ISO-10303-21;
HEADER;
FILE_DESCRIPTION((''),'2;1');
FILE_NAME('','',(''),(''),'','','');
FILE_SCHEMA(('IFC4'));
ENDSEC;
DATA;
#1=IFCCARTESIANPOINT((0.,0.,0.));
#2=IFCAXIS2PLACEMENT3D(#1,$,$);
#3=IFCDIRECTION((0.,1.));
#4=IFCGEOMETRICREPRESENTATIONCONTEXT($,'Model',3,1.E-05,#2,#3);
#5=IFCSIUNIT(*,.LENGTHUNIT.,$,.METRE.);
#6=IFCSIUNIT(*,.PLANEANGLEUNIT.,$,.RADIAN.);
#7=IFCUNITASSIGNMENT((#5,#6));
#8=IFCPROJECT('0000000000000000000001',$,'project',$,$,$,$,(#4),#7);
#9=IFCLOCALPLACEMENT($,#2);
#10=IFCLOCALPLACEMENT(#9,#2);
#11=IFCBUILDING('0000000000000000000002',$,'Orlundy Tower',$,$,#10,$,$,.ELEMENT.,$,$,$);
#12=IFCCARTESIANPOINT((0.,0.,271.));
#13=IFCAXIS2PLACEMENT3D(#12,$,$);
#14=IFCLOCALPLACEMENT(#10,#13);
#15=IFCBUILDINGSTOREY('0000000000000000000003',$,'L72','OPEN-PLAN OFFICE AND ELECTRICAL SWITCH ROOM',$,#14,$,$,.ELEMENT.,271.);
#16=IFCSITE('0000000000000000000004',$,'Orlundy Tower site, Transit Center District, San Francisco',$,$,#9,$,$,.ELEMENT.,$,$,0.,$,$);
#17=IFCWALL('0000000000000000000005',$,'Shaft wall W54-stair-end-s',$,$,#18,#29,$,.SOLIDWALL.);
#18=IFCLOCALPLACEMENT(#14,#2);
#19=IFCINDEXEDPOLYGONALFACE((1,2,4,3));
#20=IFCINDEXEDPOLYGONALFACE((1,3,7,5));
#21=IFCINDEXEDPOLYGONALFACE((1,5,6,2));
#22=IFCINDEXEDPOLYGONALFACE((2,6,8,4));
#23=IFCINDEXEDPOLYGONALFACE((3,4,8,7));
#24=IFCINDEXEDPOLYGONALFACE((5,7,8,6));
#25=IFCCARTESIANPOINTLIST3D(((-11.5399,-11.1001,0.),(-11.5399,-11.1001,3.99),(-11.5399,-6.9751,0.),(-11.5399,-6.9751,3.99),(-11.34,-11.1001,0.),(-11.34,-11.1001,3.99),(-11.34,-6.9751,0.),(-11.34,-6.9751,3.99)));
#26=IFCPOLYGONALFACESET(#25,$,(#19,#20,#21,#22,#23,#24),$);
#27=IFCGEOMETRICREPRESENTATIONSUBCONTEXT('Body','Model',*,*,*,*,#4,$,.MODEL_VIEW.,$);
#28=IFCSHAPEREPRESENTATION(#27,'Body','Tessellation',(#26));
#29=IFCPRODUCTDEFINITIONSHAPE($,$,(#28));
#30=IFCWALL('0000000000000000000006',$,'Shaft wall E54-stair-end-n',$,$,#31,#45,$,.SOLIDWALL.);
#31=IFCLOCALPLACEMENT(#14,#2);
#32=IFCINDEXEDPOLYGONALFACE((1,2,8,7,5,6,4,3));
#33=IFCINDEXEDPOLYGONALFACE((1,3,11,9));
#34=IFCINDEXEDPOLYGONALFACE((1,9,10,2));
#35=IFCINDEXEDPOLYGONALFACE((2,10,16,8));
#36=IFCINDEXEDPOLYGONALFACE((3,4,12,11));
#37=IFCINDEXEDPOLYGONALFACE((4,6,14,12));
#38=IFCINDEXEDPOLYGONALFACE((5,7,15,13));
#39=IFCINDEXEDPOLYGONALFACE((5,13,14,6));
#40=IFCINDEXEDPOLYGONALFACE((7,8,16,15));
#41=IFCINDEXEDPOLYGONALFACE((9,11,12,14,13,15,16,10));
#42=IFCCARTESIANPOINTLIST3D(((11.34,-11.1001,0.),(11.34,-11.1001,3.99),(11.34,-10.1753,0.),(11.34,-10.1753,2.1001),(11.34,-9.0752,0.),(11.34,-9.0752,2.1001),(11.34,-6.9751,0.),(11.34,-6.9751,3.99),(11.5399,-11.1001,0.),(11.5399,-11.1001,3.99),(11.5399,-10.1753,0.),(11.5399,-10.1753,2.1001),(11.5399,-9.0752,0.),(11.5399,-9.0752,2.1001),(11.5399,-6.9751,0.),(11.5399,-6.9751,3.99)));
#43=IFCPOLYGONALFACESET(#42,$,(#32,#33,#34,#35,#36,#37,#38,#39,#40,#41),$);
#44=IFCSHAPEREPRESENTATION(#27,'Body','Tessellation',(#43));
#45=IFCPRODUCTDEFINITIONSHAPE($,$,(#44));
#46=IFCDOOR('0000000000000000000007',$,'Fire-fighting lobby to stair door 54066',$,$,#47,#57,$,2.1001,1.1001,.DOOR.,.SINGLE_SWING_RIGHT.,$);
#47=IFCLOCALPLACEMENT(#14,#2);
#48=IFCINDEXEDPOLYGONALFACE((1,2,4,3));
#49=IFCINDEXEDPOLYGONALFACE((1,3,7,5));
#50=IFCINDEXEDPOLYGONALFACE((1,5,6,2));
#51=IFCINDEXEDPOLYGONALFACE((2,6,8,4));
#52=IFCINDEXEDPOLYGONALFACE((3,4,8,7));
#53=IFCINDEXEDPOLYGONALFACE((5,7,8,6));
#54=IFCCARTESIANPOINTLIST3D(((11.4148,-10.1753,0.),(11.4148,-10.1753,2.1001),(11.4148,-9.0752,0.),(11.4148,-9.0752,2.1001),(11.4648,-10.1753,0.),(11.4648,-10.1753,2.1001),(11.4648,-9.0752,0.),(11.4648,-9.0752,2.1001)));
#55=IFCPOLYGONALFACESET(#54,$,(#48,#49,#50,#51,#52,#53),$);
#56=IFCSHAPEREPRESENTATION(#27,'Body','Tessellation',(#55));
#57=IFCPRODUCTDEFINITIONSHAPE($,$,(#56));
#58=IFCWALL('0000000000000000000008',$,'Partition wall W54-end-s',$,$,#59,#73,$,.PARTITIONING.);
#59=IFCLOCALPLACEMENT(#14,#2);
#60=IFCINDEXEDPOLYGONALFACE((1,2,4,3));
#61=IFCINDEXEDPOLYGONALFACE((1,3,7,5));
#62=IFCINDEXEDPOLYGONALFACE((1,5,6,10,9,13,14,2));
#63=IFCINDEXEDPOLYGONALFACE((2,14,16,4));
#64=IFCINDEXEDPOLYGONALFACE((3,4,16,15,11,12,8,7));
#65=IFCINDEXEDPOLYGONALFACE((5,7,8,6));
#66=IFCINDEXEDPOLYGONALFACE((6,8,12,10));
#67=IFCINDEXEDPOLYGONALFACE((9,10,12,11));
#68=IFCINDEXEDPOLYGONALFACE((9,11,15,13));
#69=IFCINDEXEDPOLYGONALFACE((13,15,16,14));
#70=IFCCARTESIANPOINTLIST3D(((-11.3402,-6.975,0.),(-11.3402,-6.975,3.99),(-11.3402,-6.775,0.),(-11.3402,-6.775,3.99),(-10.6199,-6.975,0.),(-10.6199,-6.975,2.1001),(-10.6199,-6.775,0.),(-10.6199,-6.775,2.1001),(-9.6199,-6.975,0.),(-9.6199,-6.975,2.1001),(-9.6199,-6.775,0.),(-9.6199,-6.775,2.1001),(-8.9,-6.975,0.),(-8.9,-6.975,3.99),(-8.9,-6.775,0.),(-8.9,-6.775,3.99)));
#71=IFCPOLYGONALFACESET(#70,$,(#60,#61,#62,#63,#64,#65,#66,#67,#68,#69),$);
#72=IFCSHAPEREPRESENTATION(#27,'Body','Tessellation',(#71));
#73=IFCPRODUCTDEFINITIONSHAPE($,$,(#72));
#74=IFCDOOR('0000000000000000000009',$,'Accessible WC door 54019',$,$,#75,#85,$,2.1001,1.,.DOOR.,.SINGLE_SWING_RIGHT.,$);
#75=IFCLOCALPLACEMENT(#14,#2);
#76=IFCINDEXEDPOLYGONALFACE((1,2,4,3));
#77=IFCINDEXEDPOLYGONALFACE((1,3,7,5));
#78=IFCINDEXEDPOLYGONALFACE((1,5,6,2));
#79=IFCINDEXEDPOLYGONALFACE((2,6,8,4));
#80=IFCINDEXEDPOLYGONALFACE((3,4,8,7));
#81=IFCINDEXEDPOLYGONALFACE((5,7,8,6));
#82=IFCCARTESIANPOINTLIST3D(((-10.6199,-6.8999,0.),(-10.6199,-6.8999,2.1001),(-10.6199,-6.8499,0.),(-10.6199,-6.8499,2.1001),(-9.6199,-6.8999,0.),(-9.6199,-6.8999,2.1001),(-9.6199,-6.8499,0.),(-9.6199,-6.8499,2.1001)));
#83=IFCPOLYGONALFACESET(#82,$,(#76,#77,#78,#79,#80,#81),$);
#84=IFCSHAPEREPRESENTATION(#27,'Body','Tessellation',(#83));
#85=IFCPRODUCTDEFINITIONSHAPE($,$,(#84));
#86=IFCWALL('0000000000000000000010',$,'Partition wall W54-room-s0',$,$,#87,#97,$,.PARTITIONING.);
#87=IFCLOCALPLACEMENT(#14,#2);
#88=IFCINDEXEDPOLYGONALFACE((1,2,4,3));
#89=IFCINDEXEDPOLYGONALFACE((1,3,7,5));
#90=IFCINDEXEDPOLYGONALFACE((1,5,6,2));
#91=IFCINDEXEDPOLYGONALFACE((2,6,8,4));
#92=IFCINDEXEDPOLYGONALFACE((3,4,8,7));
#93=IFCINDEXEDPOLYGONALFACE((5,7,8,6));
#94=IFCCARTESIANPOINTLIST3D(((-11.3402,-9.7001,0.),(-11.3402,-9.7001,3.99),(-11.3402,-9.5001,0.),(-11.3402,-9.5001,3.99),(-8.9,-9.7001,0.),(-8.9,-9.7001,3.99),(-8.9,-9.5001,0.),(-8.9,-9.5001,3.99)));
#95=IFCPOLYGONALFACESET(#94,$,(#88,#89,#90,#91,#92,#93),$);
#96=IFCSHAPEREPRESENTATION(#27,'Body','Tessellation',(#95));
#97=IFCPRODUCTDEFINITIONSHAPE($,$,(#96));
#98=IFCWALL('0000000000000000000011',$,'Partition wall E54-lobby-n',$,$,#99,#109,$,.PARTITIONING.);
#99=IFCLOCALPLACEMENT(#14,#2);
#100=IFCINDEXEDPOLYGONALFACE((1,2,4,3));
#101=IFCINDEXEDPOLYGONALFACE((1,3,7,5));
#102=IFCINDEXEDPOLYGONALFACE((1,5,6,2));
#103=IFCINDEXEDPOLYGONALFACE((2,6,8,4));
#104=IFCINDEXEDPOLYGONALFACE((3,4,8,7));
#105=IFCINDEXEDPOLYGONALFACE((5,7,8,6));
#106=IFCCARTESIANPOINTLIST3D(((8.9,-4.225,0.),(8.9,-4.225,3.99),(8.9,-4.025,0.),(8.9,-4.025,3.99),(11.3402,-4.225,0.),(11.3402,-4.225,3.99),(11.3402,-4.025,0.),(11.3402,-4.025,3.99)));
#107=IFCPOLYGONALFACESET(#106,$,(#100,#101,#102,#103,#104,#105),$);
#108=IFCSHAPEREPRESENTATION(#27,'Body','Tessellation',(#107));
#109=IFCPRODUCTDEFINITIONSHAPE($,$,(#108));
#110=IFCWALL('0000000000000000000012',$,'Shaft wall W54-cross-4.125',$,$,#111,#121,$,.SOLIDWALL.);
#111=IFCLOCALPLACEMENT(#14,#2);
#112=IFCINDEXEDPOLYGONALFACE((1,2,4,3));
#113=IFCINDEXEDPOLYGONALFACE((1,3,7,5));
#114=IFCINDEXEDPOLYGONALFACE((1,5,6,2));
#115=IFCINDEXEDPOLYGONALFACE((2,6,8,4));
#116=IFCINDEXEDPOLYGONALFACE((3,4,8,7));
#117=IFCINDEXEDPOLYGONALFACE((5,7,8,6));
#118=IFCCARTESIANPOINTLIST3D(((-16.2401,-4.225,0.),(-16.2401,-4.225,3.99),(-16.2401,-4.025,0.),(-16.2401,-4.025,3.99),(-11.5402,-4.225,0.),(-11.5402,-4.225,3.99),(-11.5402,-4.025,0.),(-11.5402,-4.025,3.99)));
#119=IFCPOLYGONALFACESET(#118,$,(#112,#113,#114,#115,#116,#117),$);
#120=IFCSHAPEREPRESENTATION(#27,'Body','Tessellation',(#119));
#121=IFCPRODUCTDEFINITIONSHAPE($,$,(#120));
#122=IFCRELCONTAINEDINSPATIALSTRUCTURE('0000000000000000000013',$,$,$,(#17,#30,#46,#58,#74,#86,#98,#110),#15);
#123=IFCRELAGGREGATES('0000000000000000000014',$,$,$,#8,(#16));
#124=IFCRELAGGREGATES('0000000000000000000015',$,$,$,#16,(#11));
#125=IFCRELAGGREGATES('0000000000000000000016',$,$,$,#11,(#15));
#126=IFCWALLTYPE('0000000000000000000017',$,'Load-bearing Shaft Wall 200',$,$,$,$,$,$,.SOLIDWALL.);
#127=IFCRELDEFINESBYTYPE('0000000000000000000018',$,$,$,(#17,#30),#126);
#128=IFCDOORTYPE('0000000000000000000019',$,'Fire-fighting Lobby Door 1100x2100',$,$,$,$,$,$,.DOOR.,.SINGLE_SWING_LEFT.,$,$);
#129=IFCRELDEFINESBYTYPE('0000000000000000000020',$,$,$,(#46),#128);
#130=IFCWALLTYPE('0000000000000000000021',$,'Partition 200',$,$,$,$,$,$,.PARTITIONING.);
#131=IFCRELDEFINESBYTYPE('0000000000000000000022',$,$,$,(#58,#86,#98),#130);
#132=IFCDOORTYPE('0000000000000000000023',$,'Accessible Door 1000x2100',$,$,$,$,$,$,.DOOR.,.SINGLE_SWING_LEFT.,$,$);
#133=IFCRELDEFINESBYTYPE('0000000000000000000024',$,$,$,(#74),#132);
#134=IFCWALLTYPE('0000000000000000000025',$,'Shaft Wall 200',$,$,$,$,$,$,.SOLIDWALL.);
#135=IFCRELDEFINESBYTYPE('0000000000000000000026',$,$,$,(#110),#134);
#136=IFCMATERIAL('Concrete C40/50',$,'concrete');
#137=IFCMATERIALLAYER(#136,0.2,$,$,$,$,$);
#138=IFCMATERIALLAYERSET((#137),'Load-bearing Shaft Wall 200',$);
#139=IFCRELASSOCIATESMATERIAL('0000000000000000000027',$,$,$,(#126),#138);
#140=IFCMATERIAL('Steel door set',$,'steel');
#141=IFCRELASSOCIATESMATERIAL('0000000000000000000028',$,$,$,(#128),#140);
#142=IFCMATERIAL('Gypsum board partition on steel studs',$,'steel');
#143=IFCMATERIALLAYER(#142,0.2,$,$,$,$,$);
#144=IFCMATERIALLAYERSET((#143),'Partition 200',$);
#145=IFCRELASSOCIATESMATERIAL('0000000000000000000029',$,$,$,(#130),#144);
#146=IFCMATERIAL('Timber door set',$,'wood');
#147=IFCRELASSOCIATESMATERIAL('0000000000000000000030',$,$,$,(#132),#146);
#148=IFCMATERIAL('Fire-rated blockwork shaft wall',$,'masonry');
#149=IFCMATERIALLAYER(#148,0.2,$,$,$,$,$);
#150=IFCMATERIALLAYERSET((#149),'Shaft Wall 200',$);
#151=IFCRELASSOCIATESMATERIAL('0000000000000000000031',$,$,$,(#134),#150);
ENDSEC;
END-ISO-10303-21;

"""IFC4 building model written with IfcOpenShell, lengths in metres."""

from ifc_helpers import new_model, si_unit, direction, frame, frame_2d, origin, place, context, subcontext, project, spatial, rectangle, extrude, material, layer, layer_set, type_object, element, fill, save


model = new_model("IFC4")

# Units and contexts
model_context = context("Model", 3, precision=1e-05, world=origin(), true_north=direction((0.0, 1.0)))
body_context = subcontext(model_context, "Body", "Model", "MODEL_VIEW")
ifc_project = project(units=[si_unit("LENGTHUNIT", "METRE"), si_unit("PLANEANGLEUNIT", "RADIAN")], contexts=[model_context])

# Site, building, storey
site_placement = place(None, origin())
site = spatial("IfcSite", under=ifc_project, at=site_placement, Name="Orlundy Tower site, Transit Center District, San Francisco", CompositionType="ELEMENT", RefElevation=0.0)
building_placement = place(site_placement, origin())
building = spatial("IfcBuilding", under=site, at=building_placement, Name="Orlundy Tower", CompositionType="ELEMENT")
storey_placement = place(building_placement, frame((0.0, 0.0, 271.0)))
storey = spatial("IfcBuildingStorey", under=building, at=storey_placement, Name="L72", Description="OPEN-PLAN OFFICE AND ELECTRICAL SWITCH ROOM", CompositionType="ELEMENT", Elevation=271.0)

# Wall
ifc_material_1 = material(Name="Concrete C40/50", Category="concrete")
ifc_layer_1 = layer(ifc_material_1, 0.2)
ifc_layer_set_1 = layer_set([ifc_layer_1], Name="Load-bearing Shaft Wall 200")
wall_type_1 = type_object("IfcWallType", Name="Load-bearing Shaft Wall 200", PredefinedType="SOLIDWALL", material=ifc_layer_set_1)
wall_1_placement = place(storey_placement, frame((-11.4399, -11.1001, 0.0), z_axis=(0.0, 0.0, 1.0), x_axis=(0.0, 1.0, 0.0)))
element("IfcWall", 1, at=wall_1_placement, inside=storey, type_object=wall_type_1, Name="Shaft wall W54-stair-end-s", PredefinedType="SOLIDWALL", context=body_context, shape_type="SweptSolid", body=[
    extrude(rectangle(XDim=4.125, YDim=0.2, at=frame_2d((2.0625, 0.0))), origin(), (0.0, 0.0, 1.0), 3.99),
])

# Walls, openings, doors
wall_2_placement = place(storey_placement, frame((11.4399, -6.9751, 0.0), z_axis=(0.0, 0.0, 1.0), x_axis=(0.0, -1.0, 0.0)))
wall_2 = element("IfcWall", 2, at=wall_2_placement, inside=storey, type_object=wall_type_1, Name="Shaft wall E54-stair-end-n", PredefinedType="SOLIDWALL", context=body_context, shape_type="SweptSolid", body=[
    extrude(rectangle(XDim=4.125, YDim=0.2, at=frame_2d((2.0625, 0.0))), origin(), (0.0, 0.0, 1.0), 3.99),
])
opening_1_placement = place(wall_2_placement, frame((2.1001, 0.0, 0.0)))
opening_1 = element("IfcOpeningElement", 3, at=opening_1_placement, cuts=wall_2, PredefinedType="OPENING", context=body_context, shape_type="SweptSolid", body=[
    extrude(rectangle(XDim=1.1001, YDim=2.1001, at=frame_2d((0.55, 1.05))), frame((0.0, 0.1101, 0.0), z_axis=(0.0, -1.0, 0.0), x_axis=(1.0, 0.0, 0.0)), (0.0, 0.0, 1.0), 0.2202),
])
ifc_material_2 = material(Name="Steel door set", Category="steel")
door_type_1 = type_object("IfcDoorType", Name="Fire-fighting Lobby Door 1100x2100", OperationType="SINGLE_SWING_LEFT", PredefinedType="DOOR", material=ifc_material_2)
door_1_placement = place(opening_1_placement, origin())
door_1 = element("IfcDoor", 4, at=door_1_placement, inside=storey, type_object=door_type_1, Name="Fire-fighting lobby to stair door 54066", OperationType="SINGLE_SWING_RIGHT", OverallHeight=2.1001, OverallWidth=1.1001, PredefinedType="DOOR", context=body_context, shape_type="SweptSolid", body=[
    extrude(rectangle(XDim=1.1001, YDim=2.1001, at=frame_2d((0.55, 1.05))), frame((0.0, 0.0249, 0.0), z_axis=(0.0, -1.0, 0.0), x_axis=(1.0, 0.0, 0.0)), (0.0, 0.0, 1.0), 0.05),
])
fill(opening_1, door_1)
ifc_material_3 = material(Name="Gypsum board partition on steel studs", Category="steel")
ifc_layer_2 = layer(ifc_material_3, 0.2)
ifc_layer_set_2 = layer_set([ifc_layer_2], Name="Partition 200")
wall_type_2 = type_object("IfcWallType", Name="Partition 200", PredefinedType="PARTITIONING", material=ifc_layer_set_2)
wall_3_placement = place(storey_placement, frame((-8.8999, -6.875, 0.0), z_axis=(0.0, 0.0, 1.0), x_axis=(-1.0, 0.0, 0.0)))
wall_3 = element("IfcWall", 5, at=wall_3_placement, inside=storey, type_object=wall_type_2, Name="Partition wall W54-end-s", PredefinedType="PARTITIONING", context=body_context, shape_type="SweptSolid", body=[
    extrude(rectangle(XDim=2.4402, YDim=0.2, at=frame_2d((1.2202, 0.0))), origin(), (0.0, 0.0, 1.0), 3.99),
])
opening_2_placement = place(wall_3_placement, frame((0.72, 0.0, 0.0)))
opening_2 = element("IfcOpeningElement", 6, at=opening_2_placement, cuts=wall_3, PredefinedType="OPENING", context=body_context, shape_type="SweptSolid", body=[
    extrude(rectangle(XDim=1.0, YDim=2.1001, at=frame_2d((0.5, 1.05))), frame((0.0, 0.1101, 0.0), z_axis=(0.0, -1.0, 0.0), x_axis=(1.0, 0.0, 0.0)), (0.0, 0.0, 1.0), 0.2202),
])
ifc_material_4 = material(Name="Timber door set", Category="wood")
door_type_2 = type_object("IfcDoorType", Name="Accessible Door 1000x2100", OperationType="SINGLE_SWING_LEFT", PredefinedType="DOOR", material=ifc_material_4)
door_2_placement = place(opening_2_placement, origin())
door_2 = element("IfcDoor", 7, at=door_2_placement, inside=storey, type_object=door_type_2, Name="Accessible WC door 54019", OperationType="SINGLE_SWING_RIGHT", OverallHeight=2.1001, OverallWidth=1.0, PredefinedType="DOOR", context=body_context, shape_type="SweptSolid", body=[
    extrude(rectangle(XDim=1.0, YDim=2.1001, at=frame_2d((0.5, 1.05))), frame((0.0, 0.0249, 0.0), z_axis=(0.0, -1.0, 0.0), x_axis=(1.0, 0.0, 0.0)), (0.0, 0.0, 1.0), 0.05),
])
fill(opening_2, door_2)

# Walls
for number, where, z_axis, x_axis, name in (
    (8, (-8.8999, -9.6001, 0.0), (0.0, 0.0, 1.0), (-1.0, 0.0, 0.0), "Partition wall W54-room-s0"),
    (9, (8.8999, -4.125, 0.0), (0.0, 0.0, 1.0), (1.0, 0.0, 0.0), "Partition wall E54-lobby-n"),
):
    element("IfcWall", number, at=place(storey_placement, frame(where, z_axis=z_axis, x_axis=x_axis)), inside=storey, type_object=wall_type_2, Name=name, PredefinedType="PARTITIONING", context=body_context, shape_type="SweptSolid", body=[
        extrude(rectangle(XDim=2.4402, YDim=0.2, at=frame_2d((1.2202, 0.0))), origin(), (0.0, 0.0, 1.0), 3.99),
    ])
ifc_material_5 = material(Name="Fire-rated blockwork shaft wall", Category="masonry")
ifc_layer_3 = layer(ifc_material_5, 0.2)
ifc_layer_set_3 = layer_set([ifc_layer_3], Name="Shaft Wall 200")
wall_type_3 = type_object("IfcWallType", Name="Shaft Wall 200", PredefinedType="SOLIDWALL", material=ifc_layer_set_3)
wall_4_placement = place(storey_placement, frame((-11.54, -4.125, 0.0), z_axis=(0.0, 0.0, 1.0), x_axis=(-1.0, 0.0, 0.0)))
element("IfcWall", 10, at=wall_4_placement, inside=storey, type_object=wall_type_3, Name="Shaft wall W54-cross-4.125", PredefinedType="SOLIDWALL", context=body_context, shape_type="SweptSolid", body=[
    extrude(rectangle(XDim=4.7, YDim=0.2, at=frame_2d((2.3501, 0.0))), origin(), (0.0, 0.0, 1.0), 3.99),
])

save(model, "model.ifc")
